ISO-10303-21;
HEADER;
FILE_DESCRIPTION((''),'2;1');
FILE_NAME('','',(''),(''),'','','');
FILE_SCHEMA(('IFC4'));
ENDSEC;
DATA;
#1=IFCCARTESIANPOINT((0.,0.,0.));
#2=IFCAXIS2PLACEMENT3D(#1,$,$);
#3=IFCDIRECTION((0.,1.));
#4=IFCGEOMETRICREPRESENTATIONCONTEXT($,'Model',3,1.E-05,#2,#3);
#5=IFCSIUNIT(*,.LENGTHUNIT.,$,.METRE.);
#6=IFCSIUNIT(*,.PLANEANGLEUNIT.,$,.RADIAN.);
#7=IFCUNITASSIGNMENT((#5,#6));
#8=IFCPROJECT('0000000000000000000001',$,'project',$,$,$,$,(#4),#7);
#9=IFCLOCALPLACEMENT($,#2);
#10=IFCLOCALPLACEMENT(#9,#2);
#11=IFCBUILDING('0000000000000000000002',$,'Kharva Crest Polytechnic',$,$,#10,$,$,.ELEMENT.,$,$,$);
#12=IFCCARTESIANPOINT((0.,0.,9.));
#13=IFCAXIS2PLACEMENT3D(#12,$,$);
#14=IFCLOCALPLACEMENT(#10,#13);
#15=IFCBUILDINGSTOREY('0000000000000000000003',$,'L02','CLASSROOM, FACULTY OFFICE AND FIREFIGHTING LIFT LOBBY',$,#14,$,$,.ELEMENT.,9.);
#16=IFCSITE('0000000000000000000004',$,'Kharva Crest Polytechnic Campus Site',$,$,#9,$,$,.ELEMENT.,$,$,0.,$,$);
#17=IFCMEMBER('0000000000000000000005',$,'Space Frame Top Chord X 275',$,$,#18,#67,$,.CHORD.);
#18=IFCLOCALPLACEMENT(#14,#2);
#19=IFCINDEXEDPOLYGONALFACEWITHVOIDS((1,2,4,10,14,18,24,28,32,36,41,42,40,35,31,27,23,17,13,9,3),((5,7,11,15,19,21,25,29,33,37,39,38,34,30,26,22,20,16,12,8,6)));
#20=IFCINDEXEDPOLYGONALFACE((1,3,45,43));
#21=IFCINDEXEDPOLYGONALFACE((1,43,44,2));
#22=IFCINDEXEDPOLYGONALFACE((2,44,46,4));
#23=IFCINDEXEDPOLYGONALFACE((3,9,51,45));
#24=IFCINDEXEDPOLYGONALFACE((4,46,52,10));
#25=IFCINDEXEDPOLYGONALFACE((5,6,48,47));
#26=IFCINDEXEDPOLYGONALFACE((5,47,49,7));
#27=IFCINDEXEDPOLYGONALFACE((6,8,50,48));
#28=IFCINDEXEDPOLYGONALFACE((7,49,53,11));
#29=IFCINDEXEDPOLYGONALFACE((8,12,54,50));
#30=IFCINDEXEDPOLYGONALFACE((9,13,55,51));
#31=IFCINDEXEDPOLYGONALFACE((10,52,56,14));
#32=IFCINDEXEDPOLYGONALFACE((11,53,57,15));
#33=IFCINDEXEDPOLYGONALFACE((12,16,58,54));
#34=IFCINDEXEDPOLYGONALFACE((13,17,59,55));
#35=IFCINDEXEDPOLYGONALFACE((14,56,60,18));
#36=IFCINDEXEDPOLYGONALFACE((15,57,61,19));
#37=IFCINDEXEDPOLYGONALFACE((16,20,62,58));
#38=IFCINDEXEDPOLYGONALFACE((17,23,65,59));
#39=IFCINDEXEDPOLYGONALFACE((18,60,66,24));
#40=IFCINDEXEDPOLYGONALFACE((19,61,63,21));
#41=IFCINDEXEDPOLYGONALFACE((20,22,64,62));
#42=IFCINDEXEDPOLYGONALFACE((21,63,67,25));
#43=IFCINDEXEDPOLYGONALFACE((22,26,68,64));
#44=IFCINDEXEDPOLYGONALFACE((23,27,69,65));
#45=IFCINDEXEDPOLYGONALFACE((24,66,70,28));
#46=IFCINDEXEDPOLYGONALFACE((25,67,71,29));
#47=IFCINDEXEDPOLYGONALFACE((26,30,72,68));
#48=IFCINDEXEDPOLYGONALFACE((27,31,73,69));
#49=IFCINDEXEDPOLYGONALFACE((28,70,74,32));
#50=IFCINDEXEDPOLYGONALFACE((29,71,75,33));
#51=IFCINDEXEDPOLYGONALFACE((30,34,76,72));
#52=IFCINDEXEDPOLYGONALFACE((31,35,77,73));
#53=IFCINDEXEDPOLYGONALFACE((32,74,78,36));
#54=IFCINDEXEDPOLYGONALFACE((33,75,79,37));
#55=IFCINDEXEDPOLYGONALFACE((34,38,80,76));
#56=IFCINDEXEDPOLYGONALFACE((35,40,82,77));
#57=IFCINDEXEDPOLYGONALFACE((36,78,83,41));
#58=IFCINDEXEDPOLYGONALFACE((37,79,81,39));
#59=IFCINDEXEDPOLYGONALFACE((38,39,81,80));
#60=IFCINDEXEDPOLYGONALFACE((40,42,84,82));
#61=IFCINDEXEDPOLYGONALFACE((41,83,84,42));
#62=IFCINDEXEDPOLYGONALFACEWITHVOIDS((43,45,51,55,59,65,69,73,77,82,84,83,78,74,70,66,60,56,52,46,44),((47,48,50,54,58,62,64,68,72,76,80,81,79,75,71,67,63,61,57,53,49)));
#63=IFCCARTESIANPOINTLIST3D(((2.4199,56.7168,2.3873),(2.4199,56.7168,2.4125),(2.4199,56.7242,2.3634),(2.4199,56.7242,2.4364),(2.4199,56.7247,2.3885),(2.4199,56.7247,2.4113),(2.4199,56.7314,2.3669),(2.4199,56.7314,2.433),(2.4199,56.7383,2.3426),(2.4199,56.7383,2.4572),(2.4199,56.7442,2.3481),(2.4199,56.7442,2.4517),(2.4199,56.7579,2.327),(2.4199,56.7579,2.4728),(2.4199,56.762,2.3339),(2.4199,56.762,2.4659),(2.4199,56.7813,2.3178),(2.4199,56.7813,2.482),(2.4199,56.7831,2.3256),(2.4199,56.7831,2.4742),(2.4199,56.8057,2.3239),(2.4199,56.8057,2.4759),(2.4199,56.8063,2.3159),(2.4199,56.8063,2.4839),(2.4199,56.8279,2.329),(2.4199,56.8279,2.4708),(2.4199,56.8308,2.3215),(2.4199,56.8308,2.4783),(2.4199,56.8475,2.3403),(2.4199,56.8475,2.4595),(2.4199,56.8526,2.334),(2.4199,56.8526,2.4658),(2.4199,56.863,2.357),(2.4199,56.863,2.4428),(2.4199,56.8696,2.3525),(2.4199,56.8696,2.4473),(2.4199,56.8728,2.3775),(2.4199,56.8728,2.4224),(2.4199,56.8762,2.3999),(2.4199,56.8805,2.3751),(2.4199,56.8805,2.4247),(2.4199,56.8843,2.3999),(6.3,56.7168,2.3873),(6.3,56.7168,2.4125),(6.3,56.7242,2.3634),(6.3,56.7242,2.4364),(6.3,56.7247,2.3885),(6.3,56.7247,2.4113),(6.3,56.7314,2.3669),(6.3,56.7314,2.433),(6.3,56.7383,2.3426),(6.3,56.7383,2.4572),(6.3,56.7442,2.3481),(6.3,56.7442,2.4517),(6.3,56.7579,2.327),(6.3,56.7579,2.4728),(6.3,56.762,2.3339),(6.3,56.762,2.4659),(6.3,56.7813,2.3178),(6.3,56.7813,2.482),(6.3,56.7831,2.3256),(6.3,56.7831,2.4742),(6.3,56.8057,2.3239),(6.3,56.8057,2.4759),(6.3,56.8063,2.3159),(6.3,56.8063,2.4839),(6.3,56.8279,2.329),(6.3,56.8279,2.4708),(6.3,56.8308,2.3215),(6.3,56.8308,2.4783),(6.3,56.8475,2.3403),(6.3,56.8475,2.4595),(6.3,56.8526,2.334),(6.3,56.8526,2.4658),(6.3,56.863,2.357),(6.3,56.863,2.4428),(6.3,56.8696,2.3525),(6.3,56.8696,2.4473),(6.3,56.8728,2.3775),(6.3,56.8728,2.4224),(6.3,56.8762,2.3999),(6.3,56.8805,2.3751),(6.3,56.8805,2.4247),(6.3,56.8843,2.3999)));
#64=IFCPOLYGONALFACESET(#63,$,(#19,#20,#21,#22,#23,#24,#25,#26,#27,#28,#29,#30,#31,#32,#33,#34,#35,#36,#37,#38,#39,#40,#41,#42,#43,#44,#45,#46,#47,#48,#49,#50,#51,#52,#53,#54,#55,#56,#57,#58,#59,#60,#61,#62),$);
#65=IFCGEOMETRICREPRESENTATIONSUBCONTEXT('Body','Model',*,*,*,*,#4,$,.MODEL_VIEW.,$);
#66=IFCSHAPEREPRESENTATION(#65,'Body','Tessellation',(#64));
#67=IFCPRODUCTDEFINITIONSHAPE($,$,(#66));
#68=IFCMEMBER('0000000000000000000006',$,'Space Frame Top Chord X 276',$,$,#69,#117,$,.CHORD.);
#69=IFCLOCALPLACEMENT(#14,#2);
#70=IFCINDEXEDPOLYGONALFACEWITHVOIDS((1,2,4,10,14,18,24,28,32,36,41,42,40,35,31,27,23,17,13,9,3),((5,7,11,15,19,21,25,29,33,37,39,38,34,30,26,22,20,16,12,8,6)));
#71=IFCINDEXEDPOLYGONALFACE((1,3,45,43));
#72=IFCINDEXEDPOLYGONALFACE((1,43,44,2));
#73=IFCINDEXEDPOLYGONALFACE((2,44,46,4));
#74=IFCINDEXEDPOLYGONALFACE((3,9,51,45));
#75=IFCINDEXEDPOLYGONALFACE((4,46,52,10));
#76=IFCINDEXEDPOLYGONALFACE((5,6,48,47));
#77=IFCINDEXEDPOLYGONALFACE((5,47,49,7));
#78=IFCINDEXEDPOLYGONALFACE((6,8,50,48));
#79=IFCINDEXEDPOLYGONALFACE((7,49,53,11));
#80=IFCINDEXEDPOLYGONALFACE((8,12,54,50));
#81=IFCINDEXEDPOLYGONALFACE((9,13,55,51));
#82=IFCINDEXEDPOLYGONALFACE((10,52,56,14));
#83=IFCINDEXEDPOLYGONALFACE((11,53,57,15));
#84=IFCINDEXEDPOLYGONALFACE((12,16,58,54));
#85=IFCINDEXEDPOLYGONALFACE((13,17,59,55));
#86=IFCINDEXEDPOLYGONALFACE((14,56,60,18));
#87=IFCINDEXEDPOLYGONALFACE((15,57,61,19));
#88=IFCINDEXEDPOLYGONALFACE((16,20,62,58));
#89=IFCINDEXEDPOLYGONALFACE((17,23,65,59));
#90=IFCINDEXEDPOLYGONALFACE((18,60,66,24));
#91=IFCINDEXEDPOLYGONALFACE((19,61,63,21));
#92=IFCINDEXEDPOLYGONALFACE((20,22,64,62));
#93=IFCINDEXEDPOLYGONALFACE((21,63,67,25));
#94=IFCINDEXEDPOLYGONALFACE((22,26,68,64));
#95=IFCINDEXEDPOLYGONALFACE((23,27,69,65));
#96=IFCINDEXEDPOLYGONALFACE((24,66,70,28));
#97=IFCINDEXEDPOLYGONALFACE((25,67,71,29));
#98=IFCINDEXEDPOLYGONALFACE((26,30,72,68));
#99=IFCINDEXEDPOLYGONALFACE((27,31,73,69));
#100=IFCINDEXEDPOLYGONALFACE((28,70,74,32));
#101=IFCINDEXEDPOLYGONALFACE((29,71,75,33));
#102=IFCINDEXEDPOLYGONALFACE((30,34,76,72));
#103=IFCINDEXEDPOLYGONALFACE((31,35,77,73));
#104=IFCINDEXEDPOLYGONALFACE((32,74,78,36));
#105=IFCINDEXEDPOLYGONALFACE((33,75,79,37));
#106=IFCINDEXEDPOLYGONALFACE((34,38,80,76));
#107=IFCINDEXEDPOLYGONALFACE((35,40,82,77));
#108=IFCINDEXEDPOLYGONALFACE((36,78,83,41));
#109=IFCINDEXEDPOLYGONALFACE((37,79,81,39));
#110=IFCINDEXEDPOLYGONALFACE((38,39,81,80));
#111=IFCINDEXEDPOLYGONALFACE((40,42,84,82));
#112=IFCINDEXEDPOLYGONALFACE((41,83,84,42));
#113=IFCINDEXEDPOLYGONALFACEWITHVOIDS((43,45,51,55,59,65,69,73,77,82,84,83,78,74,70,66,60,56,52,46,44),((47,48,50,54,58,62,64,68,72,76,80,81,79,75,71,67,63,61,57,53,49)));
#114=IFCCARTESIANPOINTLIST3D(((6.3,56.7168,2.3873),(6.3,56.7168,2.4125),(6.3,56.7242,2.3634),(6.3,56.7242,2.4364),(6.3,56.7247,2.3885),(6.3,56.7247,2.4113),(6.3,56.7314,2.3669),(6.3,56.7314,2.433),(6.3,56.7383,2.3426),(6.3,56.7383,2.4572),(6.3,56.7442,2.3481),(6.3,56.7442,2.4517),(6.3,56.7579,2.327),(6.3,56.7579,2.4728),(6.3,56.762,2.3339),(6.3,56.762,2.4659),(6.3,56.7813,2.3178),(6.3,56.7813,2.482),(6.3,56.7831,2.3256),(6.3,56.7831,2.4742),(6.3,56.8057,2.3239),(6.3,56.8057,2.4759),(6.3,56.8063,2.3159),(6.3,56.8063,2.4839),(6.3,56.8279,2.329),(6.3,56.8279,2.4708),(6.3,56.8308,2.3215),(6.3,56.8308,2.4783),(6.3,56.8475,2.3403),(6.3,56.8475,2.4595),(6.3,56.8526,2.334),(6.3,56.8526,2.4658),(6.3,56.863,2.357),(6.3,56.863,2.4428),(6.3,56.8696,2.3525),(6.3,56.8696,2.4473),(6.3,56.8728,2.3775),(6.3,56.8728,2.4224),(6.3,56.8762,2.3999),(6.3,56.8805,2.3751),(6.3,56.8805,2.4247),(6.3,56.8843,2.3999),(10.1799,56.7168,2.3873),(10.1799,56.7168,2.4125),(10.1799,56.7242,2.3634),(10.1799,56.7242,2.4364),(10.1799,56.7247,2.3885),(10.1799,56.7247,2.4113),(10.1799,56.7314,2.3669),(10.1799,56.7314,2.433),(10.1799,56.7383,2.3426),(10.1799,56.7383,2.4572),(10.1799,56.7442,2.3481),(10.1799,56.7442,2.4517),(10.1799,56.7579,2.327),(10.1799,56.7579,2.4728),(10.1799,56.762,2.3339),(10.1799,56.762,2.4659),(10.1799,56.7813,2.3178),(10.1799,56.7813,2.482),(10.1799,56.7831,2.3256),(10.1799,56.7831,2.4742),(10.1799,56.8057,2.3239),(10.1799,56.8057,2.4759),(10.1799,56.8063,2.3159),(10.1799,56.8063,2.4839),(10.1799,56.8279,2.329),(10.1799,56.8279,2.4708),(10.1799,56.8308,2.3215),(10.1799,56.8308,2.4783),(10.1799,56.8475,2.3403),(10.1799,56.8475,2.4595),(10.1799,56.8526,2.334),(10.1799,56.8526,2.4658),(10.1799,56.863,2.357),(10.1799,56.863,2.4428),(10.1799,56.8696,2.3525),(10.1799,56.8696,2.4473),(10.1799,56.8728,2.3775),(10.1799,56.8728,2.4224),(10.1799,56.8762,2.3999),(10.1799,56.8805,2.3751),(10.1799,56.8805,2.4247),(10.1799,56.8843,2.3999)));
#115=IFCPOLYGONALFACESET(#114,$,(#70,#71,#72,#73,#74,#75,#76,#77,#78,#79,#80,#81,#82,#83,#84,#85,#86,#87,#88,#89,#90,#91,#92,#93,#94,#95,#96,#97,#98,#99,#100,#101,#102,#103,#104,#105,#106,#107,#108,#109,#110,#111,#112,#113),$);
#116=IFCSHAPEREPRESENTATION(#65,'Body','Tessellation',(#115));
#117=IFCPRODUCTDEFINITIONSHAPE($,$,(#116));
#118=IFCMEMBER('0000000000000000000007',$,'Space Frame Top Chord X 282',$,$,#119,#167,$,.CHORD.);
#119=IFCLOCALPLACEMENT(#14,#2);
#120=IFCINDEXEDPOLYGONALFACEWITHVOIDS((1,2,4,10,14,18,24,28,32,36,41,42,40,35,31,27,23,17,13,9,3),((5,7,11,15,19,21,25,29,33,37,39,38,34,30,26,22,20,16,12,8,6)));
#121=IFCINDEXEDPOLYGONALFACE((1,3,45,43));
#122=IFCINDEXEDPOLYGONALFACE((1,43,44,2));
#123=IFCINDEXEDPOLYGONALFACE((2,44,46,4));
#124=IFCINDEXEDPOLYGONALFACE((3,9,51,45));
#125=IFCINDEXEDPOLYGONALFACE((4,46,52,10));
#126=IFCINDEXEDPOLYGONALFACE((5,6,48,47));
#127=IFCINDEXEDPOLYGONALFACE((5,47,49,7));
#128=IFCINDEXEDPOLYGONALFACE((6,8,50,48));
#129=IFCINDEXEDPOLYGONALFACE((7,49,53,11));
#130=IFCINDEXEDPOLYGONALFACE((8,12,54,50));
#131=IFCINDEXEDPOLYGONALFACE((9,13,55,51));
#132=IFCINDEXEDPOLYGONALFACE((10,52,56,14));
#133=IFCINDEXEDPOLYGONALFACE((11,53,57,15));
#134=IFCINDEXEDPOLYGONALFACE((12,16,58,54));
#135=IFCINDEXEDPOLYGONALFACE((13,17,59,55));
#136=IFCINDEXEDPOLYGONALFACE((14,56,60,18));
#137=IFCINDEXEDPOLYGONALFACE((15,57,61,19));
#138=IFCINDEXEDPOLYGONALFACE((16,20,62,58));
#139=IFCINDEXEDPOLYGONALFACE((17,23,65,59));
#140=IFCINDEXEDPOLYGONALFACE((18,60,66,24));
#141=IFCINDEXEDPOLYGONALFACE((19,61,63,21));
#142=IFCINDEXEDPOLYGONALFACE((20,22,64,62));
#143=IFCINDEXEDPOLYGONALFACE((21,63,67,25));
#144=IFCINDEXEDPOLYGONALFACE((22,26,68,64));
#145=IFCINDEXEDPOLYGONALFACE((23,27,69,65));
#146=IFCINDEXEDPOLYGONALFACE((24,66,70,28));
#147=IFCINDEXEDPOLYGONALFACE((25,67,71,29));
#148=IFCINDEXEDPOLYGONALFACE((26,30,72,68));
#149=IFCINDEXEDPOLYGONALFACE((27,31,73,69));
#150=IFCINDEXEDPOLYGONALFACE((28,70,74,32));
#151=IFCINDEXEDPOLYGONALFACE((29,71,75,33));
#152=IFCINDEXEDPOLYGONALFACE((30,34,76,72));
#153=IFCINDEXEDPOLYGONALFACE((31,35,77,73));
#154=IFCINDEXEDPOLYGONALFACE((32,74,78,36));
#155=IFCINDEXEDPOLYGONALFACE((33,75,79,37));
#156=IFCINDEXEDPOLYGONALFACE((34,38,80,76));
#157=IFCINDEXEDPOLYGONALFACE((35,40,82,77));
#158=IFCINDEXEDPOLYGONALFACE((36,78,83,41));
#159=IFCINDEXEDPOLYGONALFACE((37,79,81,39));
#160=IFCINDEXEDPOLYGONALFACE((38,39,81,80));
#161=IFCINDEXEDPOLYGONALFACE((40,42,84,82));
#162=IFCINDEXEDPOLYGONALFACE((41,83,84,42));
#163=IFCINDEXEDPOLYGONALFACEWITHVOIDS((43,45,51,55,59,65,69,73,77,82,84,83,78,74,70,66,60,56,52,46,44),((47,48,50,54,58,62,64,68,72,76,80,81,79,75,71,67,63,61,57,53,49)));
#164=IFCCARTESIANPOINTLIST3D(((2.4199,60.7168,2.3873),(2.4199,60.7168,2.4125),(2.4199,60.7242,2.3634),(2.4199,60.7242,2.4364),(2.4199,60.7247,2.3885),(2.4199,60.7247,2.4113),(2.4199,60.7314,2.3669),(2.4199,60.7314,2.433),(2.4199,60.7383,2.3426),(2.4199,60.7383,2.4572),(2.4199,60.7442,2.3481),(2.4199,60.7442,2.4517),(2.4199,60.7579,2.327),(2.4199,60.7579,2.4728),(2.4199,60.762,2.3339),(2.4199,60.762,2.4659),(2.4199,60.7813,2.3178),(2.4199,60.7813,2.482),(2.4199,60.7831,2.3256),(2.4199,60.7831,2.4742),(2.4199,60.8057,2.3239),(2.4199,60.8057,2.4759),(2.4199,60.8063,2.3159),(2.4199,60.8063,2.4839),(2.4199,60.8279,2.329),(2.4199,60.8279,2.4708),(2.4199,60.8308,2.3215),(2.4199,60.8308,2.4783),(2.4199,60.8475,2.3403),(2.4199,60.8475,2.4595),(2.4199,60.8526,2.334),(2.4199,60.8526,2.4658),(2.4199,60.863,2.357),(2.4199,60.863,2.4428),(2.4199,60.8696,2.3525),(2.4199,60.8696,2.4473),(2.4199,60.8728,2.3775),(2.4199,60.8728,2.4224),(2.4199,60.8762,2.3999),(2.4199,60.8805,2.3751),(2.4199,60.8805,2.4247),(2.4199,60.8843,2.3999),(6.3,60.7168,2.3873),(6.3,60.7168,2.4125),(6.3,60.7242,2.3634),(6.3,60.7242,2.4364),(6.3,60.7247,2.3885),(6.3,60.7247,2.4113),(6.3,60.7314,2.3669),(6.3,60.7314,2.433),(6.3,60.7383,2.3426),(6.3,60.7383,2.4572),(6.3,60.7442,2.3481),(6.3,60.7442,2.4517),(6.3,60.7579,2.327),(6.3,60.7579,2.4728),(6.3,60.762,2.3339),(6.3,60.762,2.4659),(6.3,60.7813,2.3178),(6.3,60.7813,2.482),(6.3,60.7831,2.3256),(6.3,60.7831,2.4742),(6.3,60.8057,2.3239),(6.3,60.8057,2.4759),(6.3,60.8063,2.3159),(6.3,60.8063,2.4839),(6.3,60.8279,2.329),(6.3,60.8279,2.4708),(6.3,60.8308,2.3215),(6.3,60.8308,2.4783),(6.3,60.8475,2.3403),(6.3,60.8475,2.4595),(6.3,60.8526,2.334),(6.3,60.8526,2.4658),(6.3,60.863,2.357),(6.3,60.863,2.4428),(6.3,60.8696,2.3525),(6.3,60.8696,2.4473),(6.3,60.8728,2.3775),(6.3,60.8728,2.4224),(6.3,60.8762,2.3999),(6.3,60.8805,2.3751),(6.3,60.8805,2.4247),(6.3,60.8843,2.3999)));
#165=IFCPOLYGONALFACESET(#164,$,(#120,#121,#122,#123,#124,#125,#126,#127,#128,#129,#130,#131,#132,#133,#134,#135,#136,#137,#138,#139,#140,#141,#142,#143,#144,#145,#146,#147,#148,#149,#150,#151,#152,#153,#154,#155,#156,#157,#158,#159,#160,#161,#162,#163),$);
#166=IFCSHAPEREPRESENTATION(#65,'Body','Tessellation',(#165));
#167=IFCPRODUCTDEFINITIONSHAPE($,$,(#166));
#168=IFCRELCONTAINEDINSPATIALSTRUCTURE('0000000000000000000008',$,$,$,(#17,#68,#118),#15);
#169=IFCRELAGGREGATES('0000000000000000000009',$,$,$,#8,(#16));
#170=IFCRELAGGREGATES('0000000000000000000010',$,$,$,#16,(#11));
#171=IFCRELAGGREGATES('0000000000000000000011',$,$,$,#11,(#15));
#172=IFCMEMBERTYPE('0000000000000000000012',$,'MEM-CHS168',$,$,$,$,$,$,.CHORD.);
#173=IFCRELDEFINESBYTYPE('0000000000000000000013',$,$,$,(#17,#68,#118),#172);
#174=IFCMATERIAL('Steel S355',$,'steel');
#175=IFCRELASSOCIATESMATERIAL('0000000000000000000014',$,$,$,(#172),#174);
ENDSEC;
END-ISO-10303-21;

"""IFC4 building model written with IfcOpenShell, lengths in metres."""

from ifc_helpers import new_model, si_unit, direction, frame, origin, origin_2d, place, context, subcontext, project, spatial, hollow_circle, extrude, material, material_profile, profile_set, type_object, element, save


model = new_model("IFC4")

# Units and contexts
model_context = context("Model", 3, precision=1e-05, world=origin(), true_north=direction((0.0, 1.0)))
body_context = subcontext(model_context, "Body", "Model", "MODEL_VIEW")
ifc_project = project(units=[si_unit("LENGTHUNIT", "METRE"), si_unit("PLANEANGLEUNIT", "RADIAN")], contexts=[model_context])

# Site, building, storey
site_placement = place(None, origin())
site = spatial("IfcSite", under=ifc_project, at=site_placement, Name="Kharva Crest Polytechnic Campus Site", CompositionType="ELEMENT", RefElevation=0.0)
building_placement = place(site_placement, origin())
building = spatial("IfcBuilding", under=site, at=building_placement, Name="Kharva Crest Polytechnic", CompositionType="ELEMENT")
storey_placement = place(building_placement, frame((0.0, 0.0, 9.0)))
storey = spatial("IfcBuildingStorey", under=building, at=storey_placement, Name="L02", Description="CLASSROOM, FACULTY OFFICE AND FIREFIGHTING LIFT LOBBY", CompositionType="ELEMENT", Elevation=9.0)

# Shared definitions
ifc_material_1 = material(Name="Steel S355", Category="steel")

# Members
ifc_material_profile_1 = material_profile(ifc_material_1, hollow_circle(Radius=0.0842, WallThickness=0.0081, at=origin_2d()), Name="CHS 168.3X8.0")
ifc_profile_set_1 = profile_set([ifc_material_profile_1], Name="Steel S355")
member_type_1 = type_object("IfcMemberType", Name="MEM-CHS168", PredefinedType="CHORD", material=ifc_profile_set_1)
member_1_placement = place(storey_placement, frame((2.4199, 56.8, 2.3999), z_axis=(1.0, 0.0, 0.0), x_axis=(0.0, 1.0, 0.0)))
element("IfcMember", 1, at=member_1_placement, inside=storey, type_object=member_type_1, Name="Space Frame Top Chord X 275", PredefinedType="CHORD", context=body_context, shape_type="SweptSolid", body=[
    extrude(hollow_circle(Radius=0.0842, WallThickness=0.0081, at=origin_2d()), origin(), (0.0, 0.0, 1.0), 3.8801),
])
member_2_placement = place(storey_placement, frame((6.3, 56.8, 2.3999), z_axis=(1.0, 0.0, 0.0), x_axis=(0.0, 1.0, 0.0)))
element("IfcMember", 2, at=member_2_placement, inside=storey, type_object=member_type_1, Name="Space Frame Top Chord X 276", PredefinedType="CHORD", context=body_context, shape_type="SweptSolid", body=[
    extrude(hollow_circle(Radius=0.0842, WallThickness=0.0081, at=origin_2d()), origin(), (0.0, 0.0, 1.0), 3.8799),
])
member_3_placement = place(storey_placement, frame((2.4199, 60.8, 2.3999), z_axis=(1.0, 0.0, 0.0), x_axis=(0.0, 1.0, 0.0)))
element("IfcMember", 3, at=member_3_placement, inside=storey, type_object=member_type_1, Name="Space Frame Top Chord X 282", PredefinedType="CHORD", context=body_context, shape_type="SweptSolid", body=[
    extrude(hollow_circle(Radius=0.0842, WallThickness=0.0081, at=origin_2d()), origin(), (0.0, 0.0, 1.0), 3.8801),
])

save(model, "model.ifc")
